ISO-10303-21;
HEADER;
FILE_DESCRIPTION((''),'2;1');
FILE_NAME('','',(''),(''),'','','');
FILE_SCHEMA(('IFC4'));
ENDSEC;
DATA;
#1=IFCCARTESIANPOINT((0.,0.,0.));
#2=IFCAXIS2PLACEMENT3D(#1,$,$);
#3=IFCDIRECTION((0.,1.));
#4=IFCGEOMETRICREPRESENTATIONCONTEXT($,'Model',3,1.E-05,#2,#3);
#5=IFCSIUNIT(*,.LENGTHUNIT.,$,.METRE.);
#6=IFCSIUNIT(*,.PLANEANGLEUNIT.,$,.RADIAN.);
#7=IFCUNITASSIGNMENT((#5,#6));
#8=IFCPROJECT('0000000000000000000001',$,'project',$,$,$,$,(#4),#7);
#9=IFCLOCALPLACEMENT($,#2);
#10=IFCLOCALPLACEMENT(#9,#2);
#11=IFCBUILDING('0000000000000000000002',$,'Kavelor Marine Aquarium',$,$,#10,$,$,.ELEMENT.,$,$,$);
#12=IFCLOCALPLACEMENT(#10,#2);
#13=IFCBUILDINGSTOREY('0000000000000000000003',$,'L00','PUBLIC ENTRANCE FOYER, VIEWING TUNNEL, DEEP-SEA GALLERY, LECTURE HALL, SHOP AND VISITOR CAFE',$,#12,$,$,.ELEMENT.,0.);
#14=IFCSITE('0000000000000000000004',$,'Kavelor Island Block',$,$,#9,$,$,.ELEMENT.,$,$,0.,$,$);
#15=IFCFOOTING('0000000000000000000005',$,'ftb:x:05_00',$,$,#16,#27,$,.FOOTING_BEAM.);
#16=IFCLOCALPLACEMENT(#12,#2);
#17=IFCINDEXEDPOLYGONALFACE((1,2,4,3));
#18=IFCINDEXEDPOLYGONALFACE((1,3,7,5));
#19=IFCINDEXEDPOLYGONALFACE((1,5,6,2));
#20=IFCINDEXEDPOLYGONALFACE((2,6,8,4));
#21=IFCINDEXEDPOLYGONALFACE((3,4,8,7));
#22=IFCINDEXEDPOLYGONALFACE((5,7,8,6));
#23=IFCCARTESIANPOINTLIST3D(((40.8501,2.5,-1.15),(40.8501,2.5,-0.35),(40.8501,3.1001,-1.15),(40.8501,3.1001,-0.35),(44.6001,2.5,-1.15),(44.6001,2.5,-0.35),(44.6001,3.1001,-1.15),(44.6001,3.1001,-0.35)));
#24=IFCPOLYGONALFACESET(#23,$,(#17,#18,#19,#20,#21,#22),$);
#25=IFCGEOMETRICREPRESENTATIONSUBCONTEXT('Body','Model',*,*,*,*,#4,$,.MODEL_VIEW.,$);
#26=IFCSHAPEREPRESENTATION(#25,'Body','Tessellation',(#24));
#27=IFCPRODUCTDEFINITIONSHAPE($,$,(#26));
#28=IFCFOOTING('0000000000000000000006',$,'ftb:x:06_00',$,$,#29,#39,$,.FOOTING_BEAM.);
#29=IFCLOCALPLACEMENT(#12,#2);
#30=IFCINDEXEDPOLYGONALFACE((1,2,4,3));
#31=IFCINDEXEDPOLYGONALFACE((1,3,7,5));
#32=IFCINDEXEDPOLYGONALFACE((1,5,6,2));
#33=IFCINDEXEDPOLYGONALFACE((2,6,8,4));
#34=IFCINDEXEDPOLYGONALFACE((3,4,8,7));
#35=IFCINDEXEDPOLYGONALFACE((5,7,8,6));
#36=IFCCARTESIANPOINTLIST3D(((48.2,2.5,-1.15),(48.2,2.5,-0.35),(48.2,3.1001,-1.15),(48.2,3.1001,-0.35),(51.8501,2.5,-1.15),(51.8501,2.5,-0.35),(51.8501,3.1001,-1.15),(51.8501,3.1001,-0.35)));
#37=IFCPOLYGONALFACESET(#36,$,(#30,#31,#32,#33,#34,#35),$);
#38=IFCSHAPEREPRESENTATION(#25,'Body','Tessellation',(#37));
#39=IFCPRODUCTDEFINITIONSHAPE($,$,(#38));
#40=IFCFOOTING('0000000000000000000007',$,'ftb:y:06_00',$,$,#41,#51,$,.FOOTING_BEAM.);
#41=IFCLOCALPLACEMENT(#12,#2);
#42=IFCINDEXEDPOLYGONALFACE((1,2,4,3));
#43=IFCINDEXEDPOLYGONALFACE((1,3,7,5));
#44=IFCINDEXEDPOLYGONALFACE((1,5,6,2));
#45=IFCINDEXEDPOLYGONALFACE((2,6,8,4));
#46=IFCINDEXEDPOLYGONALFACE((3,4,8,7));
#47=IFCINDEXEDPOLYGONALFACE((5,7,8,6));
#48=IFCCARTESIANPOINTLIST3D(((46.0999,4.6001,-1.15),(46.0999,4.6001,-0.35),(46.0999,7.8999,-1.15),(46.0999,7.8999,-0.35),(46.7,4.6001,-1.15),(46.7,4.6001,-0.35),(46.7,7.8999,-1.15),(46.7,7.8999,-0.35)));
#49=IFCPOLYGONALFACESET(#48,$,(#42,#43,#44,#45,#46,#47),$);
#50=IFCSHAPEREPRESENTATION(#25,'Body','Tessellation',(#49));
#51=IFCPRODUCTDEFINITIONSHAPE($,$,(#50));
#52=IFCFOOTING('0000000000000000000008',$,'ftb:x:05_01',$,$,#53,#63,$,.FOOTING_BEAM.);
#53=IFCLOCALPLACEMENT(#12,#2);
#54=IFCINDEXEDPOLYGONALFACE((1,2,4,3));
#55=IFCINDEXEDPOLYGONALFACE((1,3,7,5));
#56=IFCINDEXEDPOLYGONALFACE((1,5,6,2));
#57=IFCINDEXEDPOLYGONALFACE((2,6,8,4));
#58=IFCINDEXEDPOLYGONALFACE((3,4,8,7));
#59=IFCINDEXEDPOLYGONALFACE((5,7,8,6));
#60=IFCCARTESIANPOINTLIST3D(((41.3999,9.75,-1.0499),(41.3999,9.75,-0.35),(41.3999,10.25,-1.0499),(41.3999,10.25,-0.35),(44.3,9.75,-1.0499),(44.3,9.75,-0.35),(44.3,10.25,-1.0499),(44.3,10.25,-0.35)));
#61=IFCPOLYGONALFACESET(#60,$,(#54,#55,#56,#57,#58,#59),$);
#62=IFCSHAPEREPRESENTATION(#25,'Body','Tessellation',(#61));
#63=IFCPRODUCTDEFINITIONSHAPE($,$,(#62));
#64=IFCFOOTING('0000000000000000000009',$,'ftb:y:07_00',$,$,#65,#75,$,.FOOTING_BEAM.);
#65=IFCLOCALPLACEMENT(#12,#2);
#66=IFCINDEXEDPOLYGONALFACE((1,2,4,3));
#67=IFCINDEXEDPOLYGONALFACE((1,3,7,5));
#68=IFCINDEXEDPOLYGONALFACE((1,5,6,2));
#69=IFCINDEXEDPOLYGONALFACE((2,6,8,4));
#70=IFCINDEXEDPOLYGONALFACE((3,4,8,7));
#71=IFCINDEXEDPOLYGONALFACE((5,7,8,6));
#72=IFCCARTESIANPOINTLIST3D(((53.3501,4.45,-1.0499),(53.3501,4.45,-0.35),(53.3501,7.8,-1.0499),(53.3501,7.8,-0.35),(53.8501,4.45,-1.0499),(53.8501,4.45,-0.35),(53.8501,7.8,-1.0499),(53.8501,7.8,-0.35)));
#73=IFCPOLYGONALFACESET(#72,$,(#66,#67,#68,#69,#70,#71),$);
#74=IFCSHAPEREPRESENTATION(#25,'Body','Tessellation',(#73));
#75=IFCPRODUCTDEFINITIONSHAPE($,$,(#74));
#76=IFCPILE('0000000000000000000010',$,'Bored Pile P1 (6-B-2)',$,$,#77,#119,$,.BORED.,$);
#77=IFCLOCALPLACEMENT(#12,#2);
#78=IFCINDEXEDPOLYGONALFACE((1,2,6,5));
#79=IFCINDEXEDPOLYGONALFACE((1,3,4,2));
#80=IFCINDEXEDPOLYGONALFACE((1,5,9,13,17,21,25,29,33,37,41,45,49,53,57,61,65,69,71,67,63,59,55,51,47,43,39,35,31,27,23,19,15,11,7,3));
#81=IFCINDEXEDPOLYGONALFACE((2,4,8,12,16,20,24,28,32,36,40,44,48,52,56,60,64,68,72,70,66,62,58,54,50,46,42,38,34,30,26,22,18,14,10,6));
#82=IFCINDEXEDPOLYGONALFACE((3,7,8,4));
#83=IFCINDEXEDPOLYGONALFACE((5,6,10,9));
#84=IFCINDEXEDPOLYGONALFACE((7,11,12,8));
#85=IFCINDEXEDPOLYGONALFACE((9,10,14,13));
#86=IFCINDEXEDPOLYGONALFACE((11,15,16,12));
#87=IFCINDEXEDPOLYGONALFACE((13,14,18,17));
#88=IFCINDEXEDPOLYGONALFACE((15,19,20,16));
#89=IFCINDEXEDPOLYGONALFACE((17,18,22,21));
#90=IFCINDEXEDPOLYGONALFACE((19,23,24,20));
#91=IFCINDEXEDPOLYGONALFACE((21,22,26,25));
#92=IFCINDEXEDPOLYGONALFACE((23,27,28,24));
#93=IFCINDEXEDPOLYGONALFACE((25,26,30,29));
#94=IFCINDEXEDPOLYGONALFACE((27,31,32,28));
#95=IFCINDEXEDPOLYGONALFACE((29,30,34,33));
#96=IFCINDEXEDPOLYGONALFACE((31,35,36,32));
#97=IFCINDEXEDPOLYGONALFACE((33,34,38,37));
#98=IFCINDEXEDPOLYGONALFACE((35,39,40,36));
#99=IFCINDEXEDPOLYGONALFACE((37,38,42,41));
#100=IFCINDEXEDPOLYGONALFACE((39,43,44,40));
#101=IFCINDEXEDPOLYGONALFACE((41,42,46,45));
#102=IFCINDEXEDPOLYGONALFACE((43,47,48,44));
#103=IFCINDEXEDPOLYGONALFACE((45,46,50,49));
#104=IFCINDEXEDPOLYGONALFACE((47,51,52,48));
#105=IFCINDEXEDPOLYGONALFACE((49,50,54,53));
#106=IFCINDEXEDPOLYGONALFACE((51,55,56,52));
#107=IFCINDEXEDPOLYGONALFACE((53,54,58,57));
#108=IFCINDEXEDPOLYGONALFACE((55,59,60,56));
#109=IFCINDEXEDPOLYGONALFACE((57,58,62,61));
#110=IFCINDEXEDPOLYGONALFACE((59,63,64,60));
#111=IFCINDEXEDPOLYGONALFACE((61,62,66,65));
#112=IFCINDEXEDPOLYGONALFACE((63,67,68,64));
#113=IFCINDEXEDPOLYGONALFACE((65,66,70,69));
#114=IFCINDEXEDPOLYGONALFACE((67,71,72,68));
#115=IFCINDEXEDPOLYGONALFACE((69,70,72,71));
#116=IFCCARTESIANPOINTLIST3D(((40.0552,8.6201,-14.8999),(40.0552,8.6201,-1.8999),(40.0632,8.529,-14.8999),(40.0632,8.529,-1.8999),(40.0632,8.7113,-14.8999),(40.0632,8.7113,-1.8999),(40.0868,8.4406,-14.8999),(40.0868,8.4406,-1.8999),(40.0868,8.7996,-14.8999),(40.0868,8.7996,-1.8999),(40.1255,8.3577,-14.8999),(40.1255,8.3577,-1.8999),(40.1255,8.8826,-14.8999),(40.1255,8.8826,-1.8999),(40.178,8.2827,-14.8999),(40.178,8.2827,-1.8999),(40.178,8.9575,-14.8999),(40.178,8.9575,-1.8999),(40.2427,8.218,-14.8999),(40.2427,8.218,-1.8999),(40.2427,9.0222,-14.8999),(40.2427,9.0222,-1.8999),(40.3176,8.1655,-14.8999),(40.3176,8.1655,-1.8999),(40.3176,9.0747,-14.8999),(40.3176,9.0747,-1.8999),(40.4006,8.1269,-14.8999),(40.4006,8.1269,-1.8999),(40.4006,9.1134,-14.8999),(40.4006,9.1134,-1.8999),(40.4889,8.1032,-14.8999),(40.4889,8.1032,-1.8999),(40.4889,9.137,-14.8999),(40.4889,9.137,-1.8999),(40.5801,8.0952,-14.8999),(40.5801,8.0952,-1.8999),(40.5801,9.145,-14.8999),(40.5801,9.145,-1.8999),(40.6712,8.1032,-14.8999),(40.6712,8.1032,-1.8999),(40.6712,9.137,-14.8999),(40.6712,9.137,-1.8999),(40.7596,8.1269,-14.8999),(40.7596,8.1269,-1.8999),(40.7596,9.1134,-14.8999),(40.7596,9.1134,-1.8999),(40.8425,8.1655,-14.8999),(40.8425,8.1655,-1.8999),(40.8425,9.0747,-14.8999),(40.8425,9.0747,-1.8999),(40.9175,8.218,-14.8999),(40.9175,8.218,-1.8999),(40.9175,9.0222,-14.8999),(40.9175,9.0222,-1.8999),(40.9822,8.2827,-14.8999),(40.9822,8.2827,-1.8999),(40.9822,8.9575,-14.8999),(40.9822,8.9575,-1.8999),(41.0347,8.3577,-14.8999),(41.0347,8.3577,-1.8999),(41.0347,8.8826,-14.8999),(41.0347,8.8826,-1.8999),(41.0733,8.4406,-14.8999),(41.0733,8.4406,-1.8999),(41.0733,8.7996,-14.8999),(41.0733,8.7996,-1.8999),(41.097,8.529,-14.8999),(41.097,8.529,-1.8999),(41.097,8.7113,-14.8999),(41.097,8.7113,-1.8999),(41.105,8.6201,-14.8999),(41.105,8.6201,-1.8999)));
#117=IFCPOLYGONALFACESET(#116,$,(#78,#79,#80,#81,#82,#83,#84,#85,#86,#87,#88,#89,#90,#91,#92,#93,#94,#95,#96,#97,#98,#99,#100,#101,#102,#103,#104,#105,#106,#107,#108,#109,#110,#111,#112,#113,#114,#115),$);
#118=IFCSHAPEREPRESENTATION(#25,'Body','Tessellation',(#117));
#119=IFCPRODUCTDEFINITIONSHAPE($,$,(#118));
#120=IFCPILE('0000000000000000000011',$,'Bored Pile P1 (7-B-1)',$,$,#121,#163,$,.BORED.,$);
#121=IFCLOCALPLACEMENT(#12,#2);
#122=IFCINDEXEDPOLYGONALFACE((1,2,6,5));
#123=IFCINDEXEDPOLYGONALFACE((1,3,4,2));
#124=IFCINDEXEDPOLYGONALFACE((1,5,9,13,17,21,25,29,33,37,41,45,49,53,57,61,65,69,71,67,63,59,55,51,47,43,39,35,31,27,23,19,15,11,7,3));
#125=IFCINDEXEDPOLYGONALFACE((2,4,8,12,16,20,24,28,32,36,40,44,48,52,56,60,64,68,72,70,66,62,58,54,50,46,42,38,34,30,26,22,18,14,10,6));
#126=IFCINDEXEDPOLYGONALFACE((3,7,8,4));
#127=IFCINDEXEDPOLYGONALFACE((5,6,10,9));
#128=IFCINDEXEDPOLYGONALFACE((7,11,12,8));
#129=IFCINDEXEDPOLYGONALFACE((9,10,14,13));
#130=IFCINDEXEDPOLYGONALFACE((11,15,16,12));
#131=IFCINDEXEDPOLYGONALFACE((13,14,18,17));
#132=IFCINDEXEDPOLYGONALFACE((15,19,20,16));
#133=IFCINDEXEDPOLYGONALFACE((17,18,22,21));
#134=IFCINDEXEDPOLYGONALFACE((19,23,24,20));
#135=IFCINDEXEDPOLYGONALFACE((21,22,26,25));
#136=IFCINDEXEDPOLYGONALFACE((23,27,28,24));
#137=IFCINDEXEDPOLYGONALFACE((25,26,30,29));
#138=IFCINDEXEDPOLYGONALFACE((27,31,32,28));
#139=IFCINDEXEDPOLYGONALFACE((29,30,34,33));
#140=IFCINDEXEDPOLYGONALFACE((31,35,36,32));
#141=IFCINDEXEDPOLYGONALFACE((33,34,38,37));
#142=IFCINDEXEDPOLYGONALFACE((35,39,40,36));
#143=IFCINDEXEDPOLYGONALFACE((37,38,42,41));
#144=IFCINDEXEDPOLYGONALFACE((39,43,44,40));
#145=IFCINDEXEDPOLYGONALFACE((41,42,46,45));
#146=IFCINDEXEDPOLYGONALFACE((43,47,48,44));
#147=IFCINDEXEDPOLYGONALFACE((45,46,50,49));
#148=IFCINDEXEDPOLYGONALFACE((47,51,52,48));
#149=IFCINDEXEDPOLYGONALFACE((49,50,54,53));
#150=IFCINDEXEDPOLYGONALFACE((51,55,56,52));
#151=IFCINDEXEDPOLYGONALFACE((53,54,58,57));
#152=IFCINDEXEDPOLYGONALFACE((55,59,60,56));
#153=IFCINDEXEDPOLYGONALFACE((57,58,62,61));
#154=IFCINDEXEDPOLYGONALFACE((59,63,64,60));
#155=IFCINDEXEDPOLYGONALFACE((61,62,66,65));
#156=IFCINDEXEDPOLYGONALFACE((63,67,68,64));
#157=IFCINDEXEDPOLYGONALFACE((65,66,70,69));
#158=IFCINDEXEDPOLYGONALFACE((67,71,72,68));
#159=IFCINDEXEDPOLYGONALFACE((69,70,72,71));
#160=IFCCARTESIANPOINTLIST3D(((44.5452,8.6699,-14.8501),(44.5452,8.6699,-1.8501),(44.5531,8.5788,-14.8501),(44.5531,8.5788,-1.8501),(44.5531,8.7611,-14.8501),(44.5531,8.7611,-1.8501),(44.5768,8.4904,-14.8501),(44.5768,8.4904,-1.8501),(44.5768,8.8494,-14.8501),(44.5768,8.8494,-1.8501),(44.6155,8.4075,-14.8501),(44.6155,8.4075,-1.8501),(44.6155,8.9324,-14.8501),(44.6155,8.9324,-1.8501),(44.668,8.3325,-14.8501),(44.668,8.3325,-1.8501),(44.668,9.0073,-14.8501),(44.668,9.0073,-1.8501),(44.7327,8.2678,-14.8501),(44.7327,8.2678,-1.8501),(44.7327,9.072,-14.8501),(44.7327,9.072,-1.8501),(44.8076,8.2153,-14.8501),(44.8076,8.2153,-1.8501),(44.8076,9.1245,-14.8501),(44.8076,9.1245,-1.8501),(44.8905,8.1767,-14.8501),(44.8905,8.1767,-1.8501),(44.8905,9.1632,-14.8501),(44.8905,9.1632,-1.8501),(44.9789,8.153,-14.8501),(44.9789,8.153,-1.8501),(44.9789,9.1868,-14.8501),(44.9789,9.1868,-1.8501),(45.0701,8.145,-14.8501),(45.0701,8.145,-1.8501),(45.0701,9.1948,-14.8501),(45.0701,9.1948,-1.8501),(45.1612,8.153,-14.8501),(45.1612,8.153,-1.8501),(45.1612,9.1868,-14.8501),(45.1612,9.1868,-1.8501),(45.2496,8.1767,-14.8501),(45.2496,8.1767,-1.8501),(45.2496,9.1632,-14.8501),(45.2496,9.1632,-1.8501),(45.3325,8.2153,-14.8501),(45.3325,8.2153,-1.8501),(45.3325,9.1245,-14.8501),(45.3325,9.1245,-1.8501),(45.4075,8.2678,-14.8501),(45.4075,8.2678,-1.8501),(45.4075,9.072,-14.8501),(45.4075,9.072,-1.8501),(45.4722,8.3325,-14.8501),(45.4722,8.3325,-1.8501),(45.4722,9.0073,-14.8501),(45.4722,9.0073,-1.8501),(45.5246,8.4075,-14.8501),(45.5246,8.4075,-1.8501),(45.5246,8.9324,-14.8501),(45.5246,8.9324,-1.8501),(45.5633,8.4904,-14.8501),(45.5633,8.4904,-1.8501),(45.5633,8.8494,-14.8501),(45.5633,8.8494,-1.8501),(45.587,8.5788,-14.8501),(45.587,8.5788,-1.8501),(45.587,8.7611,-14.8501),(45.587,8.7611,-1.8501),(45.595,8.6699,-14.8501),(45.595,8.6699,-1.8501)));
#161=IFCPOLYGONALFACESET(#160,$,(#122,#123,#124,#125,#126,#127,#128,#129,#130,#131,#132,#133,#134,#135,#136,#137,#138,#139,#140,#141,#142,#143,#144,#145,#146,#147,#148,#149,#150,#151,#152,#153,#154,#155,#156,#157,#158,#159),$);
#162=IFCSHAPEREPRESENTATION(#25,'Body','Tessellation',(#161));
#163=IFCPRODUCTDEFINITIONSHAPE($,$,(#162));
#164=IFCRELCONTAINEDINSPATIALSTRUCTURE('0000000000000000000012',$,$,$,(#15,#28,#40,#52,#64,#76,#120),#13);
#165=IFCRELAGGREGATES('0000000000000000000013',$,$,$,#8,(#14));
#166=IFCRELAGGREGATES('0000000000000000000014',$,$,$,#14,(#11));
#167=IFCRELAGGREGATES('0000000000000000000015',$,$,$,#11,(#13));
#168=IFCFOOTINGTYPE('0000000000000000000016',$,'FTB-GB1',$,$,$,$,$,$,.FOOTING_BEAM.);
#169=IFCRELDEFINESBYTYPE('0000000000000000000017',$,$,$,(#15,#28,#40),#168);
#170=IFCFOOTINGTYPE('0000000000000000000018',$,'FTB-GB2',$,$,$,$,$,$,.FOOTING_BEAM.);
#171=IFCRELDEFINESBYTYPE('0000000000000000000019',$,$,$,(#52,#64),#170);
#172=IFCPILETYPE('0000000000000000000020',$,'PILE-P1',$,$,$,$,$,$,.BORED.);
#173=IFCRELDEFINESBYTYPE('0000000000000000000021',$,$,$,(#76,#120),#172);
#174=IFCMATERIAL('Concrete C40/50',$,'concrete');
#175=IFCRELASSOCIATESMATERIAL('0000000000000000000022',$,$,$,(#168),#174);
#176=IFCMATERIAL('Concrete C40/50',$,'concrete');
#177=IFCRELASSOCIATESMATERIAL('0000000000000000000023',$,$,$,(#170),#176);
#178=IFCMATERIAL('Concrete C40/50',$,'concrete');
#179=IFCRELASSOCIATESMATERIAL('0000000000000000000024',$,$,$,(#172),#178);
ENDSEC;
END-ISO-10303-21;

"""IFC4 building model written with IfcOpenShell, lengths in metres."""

from ifc_helpers import new_model, si_unit, direction, frame, origin, origin_2d, place, context, subcontext, project, spatial, rectangle, circle, extrude, material, material_profile, profile_set, type_object, element, save


model = new_model("IFC4")

# Units and contexts
model_context = context("Model", 3, precision=1e-05, world=origin(), true_north=direction((0.0, 1.0)))
body_context = subcontext(model_context, "Body", "Model", "MODEL_VIEW")
ifc_project = project(units=[si_unit("LENGTHUNIT", "METRE"), si_unit("PLANEANGLEUNIT", "RADIAN")], contexts=[model_context])

# Site, building, storey
site_placement = place(None, origin())
site = spatial("IfcSite", under=ifc_project, at=site_placement, Name="Kavelor Island Block", CompositionType="ELEMENT", RefElevation=0.0)
building_placement = place(site_placement, origin())
building = spatial("IfcBuilding", under=site, at=building_placement, Name="Kavelor Marine Aquarium", CompositionType="ELEMENT")
storey_placement = place(building_placement, origin())
storey = spatial("IfcBuildingStorey", under=building, at=storey_placement, Name="L00", Description="PUBLIC ENTRANCE FOYER, VIEWING TUNNEL, DEEP-SEA GALLERY, LECTURE HALL, SHOP AND VISITOR CAFE", CompositionType="ELEMENT", Elevation=0.0)

# Footings
ifc_material_1 = material(Name="Concrete C40/50", Category="concrete")
ifc_material_profile_1 = material_profile(ifc_material_1, rectangle(XDim=0.6001, YDim=0.8, at=origin_2d()), Name="GB 600x800")
ifc_profile_set_1 = profile_set([ifc_material_profile_1], Name="Concrete C40/50")
footing_type_1 = type_object("IfcFootingType", Name="FTB-GB1", PredefinedType="FOOTING_BEAM", material=ifc_profile_set_1)
footing_1_placement = place(storey_placement, frame((40.8501, 2.8, -0.75), z_axis=(1.0, 0.0, 0.0), x_axis=(0.0, 1.0, 0.0)))
element("IfcFooting", 1, at=footing_1_placement, inside=storey, type_object=footing_type_1, Name="ftb:x:05_00", PredefinedType="FOOTING_BEAM", context=body_context, shape_type="SweptSolid", body=[
    extrude(rectangle(XDim=0.6001, YDim=0.8, at=origin_2d()), origin(), (0.0, 0.0, 1.0), 3.75),
])
footing_2_placement = place(storey_placement, frame((48.2, 2.8, -0.75), z_axis=(1.0, 0.0, 0.0), x_axis=(0.0, 1.0, 0.0)))
element("IfcFooting", 2, at=footing_2_placement, inside=storey, type_object=footing_type_1, Name="ftb:x:06_00", PredefinedType="FOOTING_BEAM", context=body_context, shape_type="SweptSolid", body=[
    extrude(rectangle(XDim=0.6001, YDim=0.8, at=origin_2d()), origin(), (0.0, 0.0, 1.0), 3.6501),
])
footing_3_placement = place(storey_placement, frame((46.3999, 4.6001, -0.75), z_axis=(0.0, 1.0, 0.0), x_axis=(-1.0, 0.0, 0.0)))
element("IfcFooting", 3, at=footing_3_placement, inside=storey, type_object=footing_type_1, Name="ftb:y:06_00", PredefinedType="FOOTING_BEAM", context=body_context, shape_type="SweptSolid", body=[
    extrude(rectangle(XDim=0.6001, YDim=0.8, at=origin_2d()), origin(), (0.0, 0.0, 1.0), 3.2998),
])
ifc_material_2 = material(Name="Concrete C40/50", Category="concrete")
ifc_material_profile_2 = material_profile(ifc_material_2, rectangle(XDim=0.5, YDim=0.7, at=origin_2d()), Name="GB 500x700")
ifc_profile_set_2 = profile_set([ifc_material_profile_2], Name="Concrete C40/50")
footing_type_2 = type_object("IfcFootingType", Name="FTB-GB2", PredefinedType="FOOTING_BEAM", material=ifc_profile_set_2)
footing_4_placement = place(storey_placement, frame((41.3999, 10.0, -0.7), z_axis=(1.0, 0.0, 0.0), x_axis=(0.0, 1.0, 0.0)))
element("IfcFooting", 4, at=footing_4_placement, inside=storey, type_object=footing_type_2, Name="ftb:x:05_01", PredefinedType="FOOTING_BEAM", context=body_context, shape_type="SweptSolid", body=[
    extrude(rectangle(XDim=0.5, YDim=0.7, at=origin_2d()), origin(), (0.0, 0.0, 1.0), 2.9001),
])
footing_5_placement = place(storey_placement, frame((53.6001, 4.45, -0.7), z_axis=(0.0, 1.0, 0.0), x_axis=(-1.0, 0.0, 0.0)))
element("IfcFooting", 5, at=footing_5_placement, inside=storey, type_object=footing_type_2, Name="ftb:y:07_00", PredefinedType="FOOTING_BEAM", context=body_context, shape_type="SweptSolid", body=[
    extrude(rectangle(XDim=0.5, YDim=0.7, at=origin_2d()), origin(), (0.0, 0.0, 1.0), 3.3501),
])

# Piles
ifc_material_3 = material(Name="Concrete C40/50", Category="concrete")
ifc_material_profile_3 = material_profile(ifc_material_3, circle(Radius=0.5249, at=origin_2d()), Name="PILE D1050")
ifc_profile_set_3 = profile_set([ifc_material_profile_3], Name="Concrete C40/50")
pile_type_1 = type_object("IfcPileType", Name="PILE-P1", PredefinedType="BORED", material=ifc_profile_set_3)
for number, where, z_axis, x_axis, name in (
    (6, (40.5801, 8.6201, -1.8999), (0.0, 0.0, -1.0), (1.0, 0.0, 0.0), "Bored Pile P1 (6-B-2)"),
    (7, (45.0701, 8.6699, -1.8501), (0.0, 0.0, -1.0), (1.0, 0.0, 0.0), "Bored Pile P1 (7-B-1)"),
):
    element("IfcPile", number, at=place(storey_placement, frame(where, z_axis=z_axis, x_axis=x_axis)), inside=storey, type_object=pile_type_1, Name=name, PredefinedType="BORED", context=body_context, shape_type="SweptSolid", body=[
        extrude(circle(Radius=0.5249, at=origin_2d()), origin(), (0.0, 0.0, 1.0), 13.0),
    ])

save(model, "model.ifc")
